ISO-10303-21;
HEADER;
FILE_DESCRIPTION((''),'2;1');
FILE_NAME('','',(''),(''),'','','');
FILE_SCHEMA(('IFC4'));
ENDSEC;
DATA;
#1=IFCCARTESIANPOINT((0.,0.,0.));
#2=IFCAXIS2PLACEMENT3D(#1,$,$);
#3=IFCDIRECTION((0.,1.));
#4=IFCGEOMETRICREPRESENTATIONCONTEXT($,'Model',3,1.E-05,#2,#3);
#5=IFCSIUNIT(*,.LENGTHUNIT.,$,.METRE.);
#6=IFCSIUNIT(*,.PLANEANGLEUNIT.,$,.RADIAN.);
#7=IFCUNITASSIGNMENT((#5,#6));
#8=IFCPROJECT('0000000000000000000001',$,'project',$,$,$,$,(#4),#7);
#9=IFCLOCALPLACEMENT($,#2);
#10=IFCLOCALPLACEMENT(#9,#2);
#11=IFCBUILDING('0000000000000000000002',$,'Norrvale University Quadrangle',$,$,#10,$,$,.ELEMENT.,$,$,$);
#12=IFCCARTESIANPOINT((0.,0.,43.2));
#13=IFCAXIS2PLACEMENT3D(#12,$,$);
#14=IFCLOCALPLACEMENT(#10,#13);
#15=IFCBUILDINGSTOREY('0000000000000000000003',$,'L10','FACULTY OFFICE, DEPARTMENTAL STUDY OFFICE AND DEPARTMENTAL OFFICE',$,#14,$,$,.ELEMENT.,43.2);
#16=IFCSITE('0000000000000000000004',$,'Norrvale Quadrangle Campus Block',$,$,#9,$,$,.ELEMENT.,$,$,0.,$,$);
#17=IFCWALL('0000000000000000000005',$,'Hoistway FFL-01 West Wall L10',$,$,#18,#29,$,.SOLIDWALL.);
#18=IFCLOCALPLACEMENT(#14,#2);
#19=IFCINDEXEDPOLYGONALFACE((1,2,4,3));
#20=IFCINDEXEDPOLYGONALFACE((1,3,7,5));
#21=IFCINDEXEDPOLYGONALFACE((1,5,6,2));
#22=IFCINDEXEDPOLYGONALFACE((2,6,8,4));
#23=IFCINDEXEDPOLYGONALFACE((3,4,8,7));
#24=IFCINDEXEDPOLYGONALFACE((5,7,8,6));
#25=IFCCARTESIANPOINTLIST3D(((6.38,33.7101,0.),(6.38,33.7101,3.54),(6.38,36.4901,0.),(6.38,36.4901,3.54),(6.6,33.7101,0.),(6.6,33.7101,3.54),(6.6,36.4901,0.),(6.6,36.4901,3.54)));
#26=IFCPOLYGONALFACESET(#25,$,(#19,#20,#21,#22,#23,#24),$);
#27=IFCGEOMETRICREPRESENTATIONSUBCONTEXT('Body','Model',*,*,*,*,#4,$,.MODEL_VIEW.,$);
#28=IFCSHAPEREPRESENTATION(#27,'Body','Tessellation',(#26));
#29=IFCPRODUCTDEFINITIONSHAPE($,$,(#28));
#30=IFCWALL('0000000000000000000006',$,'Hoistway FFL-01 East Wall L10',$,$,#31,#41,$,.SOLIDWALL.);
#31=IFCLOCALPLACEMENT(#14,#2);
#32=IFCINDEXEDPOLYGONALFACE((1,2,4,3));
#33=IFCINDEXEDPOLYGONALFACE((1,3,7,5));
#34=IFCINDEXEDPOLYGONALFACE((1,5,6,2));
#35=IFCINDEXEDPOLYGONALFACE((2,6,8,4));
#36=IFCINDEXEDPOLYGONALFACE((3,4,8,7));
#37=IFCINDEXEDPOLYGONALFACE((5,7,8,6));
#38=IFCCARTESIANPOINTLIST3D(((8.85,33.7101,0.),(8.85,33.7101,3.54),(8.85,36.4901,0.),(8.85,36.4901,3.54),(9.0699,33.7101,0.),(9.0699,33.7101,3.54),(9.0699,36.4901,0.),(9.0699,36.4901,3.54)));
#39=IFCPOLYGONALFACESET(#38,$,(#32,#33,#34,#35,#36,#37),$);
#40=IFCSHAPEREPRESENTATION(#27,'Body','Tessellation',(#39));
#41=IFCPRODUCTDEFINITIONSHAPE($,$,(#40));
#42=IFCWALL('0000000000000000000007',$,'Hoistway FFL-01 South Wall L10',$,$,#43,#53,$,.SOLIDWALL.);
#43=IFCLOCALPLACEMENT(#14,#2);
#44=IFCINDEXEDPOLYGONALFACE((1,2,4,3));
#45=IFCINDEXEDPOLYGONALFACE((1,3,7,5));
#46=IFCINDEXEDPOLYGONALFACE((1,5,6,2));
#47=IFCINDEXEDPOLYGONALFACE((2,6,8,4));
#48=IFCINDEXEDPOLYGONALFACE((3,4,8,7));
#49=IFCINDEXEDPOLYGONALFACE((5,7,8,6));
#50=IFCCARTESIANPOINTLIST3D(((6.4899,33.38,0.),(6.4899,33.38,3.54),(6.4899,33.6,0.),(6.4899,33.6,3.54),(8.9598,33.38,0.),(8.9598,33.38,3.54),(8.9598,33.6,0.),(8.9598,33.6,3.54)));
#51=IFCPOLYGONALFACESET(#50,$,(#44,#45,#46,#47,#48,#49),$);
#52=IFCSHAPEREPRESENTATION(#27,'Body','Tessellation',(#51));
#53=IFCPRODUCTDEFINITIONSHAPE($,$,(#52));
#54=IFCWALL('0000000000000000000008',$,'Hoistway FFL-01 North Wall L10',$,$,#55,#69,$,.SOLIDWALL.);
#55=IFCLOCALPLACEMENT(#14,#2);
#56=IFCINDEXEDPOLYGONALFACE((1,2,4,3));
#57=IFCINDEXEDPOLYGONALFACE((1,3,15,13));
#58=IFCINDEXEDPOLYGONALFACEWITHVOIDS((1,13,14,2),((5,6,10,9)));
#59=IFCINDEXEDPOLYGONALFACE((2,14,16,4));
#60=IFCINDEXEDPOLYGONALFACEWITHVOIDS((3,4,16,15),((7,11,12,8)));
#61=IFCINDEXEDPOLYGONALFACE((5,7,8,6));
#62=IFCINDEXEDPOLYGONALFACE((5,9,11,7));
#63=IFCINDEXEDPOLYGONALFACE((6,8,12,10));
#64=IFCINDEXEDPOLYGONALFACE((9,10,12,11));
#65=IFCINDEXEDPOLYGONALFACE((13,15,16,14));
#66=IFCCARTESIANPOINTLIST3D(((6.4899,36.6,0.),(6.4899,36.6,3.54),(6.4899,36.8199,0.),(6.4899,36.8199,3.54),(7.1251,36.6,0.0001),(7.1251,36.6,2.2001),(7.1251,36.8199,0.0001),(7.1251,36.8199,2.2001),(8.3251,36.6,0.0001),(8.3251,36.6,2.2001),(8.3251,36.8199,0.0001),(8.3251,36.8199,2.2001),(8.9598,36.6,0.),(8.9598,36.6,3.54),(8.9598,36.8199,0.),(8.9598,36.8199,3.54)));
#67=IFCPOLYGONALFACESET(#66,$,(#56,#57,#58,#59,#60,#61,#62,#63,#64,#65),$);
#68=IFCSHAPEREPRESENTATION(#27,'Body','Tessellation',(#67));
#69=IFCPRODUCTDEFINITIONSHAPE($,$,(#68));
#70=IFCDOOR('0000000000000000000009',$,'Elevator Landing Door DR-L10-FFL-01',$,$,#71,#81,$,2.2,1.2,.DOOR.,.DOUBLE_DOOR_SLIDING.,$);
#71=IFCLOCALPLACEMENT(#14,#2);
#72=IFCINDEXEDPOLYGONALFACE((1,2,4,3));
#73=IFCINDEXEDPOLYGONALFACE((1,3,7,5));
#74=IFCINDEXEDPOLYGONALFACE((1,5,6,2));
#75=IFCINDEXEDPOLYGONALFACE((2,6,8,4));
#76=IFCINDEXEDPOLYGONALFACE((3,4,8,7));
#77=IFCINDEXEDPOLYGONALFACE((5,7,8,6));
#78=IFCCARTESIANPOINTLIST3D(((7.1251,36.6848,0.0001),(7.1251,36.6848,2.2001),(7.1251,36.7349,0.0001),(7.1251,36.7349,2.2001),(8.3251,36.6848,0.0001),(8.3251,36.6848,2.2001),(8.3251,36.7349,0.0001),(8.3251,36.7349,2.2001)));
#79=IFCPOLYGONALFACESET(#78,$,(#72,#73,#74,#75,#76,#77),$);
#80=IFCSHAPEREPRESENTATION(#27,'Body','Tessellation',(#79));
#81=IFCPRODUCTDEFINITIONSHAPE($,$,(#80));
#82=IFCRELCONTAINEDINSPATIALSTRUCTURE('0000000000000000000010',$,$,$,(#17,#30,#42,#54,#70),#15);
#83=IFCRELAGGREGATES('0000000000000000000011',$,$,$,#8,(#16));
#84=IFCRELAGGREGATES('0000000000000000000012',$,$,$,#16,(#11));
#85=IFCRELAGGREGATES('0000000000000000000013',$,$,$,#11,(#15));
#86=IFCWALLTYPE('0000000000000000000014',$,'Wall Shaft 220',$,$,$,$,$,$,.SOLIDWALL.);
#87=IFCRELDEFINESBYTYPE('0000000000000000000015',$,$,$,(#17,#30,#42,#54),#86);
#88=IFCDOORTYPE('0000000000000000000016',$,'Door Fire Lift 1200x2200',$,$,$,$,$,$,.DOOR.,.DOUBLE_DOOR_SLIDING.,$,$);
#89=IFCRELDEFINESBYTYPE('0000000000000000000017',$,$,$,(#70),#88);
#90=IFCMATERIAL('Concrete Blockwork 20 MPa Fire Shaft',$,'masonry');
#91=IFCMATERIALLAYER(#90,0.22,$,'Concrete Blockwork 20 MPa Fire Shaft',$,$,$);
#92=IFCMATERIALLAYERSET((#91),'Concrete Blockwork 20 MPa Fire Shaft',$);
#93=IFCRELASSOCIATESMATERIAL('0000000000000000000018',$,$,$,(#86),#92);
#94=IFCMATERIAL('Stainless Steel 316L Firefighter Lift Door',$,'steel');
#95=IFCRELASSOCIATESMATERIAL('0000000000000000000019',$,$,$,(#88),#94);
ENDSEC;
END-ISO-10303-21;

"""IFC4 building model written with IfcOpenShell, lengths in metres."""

from ifc_helpers import new_model, si_unit, direction, frame, frame_2d, origin, place, context, subcontext, project, spatial, rectangle, extrude, material, layer, layer_set, type_object, element, fill, save


model = new_model("IFC4")

# Units and contexts
model_context = context("Model", 3, precision=1e-05, world=origin(), true_north=direction((0.0, 1.0)))
body_context = subcontext(model_context, "Body", "Model", "MODEL_VIEW")
ifc_project = project(units=[si_unit("LENGTHUNIT", "METRE"), si_unit("PLANEANGLEUNIT", "RADIAN")], contexts=[model_context])

# Site, building, storey
site_placement = place(None, origin())
site = spatial("IfcSite", under=ifc_project, at=site_placement, Name="Norrvale Quadrangle Campus Block", CompositionType="ELEMENT", RefElevation=0.0)
building_placement = place(site_placement, origin())
building = spatial("IfcBuilding", under=site, at=building_placement, Name="Norrvale University Quadrangle", CompositionType="ELEMENT")
storey_placement = place(building_placement, frame((0.0, 0.0, 43.2)))
storey = spatial("IfcBuildingStorey", under=building, at=storey_placement, Name="L10", Description="FACULTY OFFICE, DEPARTMENTAL STUDY OFFICE AND DEPARTMENTAL OFFICE", CompositionType="ELEMENT", Elevation=43.2)

# Shared definitions
ifc_material_1 = material(Name="Concrete Blockwork 20 MPa Fire Shaft", Category="masonry")
ifc_layer_1 = layer(ifc_material_1, 0.22, Name="Concrete Blockwork 20 MPa Fire Shaft")
ifc_layer_set_1 = layer_set([ifc_layer_1], Name="Concrete Blockwork 20 MPa Fire Shaft")
wall_type_1 = type_object("IfcWallType", Name="Wall Shaft 220", PredefinedType="SOLIDWALL", material=ifc_layer_set_1)

# Walls
for number, where, z_axis, x_axis, name in (
    (1, (6.49, 33.71, 0.0), (0.0, 0.0, 1.0), (0.0, 1.0, 0.0), "Hoistway FFL-01 West Wall L10"),
    (2, (8.96, 33.71, 0.0), (0.0, 0.0, 1.0), (0.0, 1.0, 0.0), "Hoistway FFL-01 East Wall L10"),
):
    element("IfcWall", number, at=place(storey_placement, frame(where, z_axis=z_axis, x_axis=x_axis)), inside=storey, type_object=wall_type_1, Name=name, PredefinedType="SOLIDWALL", context=body_context, shape_type="SweptSolid", body=[
        extrude(rectangle(XDim=2.78, YDim=0.22, at=frame_2d((1.3901, 0.0))), origin(), (0.0, 0.0, 1.0), 3.54),
    ])
wall_1_placement = place(storey_placement, frame((6.49, 33.49, 0.0), z_axis=(0.0, 0.0, 1.0), x_axis=(1.0, 0.0, 0.0)))
element("IfcWall", 3, at=wall_1_placement, inside=storey, type_object=wall_type_1, Name="Hoistway FFL-01 South Wall L10", PredefinedType="SOLIDWALL", context=body_context, shape_type="SweptSolid", body=[
    extrude(rectangle(XDim=2.47, YDim=0.22, at=frame_2d((1.2349, 0.0))), origin(), (0.0, 0.0, 1.0), 3.54),
])

# Wall, opening, door
wall_2_placement = place(storey_placement, frame((6.49, 36.71, 0.0), z_axis=(0.0, 0.0, 1.0), x_axis=(1.0, 0.0, 0.0)))
wall_2 = element("IfcWall", 4, at=wall_2_placement, inside=storey, type_object=wall_type_1, Name="Hoistway FFL-01 North Wall L10", PredefinedType="SOLIDWALL", context=body_context, shape_type="SweptSolid", body=[
    extrude(rectangle(XDim=2.47, YDim=0.22, at=frame_2d((1.2349, 0.0))), origin(), (0.0, 0.0, 1.0), 3.54),
])
opening_1_placement = place(wall_2_placement, frame((0.635, 0.0, 0.0)))
opening_1 = element("IfcOpeningElement", 5, at=opening_1_placement, cuts=wall_2, PredefinedType="OPENING", context=body_context, shape_type="SweptSolid", body=[
    extrude(rectangle(XDim=1.2, YDim=2.2, at=frame_2d((0.6001, 1.1001))), frame((0.0, 0.1221, 0.0), z_axis=(0.0, -1.0, 0.0), x_axis=(1.0, 0.0, 0.0)), (0.0, 0.0, 1.0), 0.2439),
])
ifc_material_2 = material(Name="Stainless Steel 316L Firefighter Lift Door", Category="steel")
door_type_1 = type_object("IfcDoorType", Name="Door Fire Lift 1200x2200", OperationType="DOUBLE_DOOR_SLIDING", PredefinedType="DOOR", material=ifc_material_2)
door_1_placement = place(opening_1_placement, origin())
door_1 = element("IfcDoor", 6, at=door_1_placement, inside=storey, type_object=door_type_1, Name="Elevator Landing Door DR-L10-FFL-01", OperationType="DOUBLE_DOOR_SLIDING", OverallHeight=2.2, OverallWidth=1.2, PredefinedType="DOOR", context=body_context, shape_type="SweptSolid", body=[
    extrude(rectangle(XDim=1.2, YDim=2.2, at=frame_2d((0.6001, 1.1001))), frame((0.0, 0.0249, 0.0), z_axis=(0.0, -1.0, 0.0), x_axis=(1.0, 0.0, 0.0)), (0.0, 0.0, 1.0), 0.05),
])
fill(opening_1, door_1)

save(model, "model.ifc")
